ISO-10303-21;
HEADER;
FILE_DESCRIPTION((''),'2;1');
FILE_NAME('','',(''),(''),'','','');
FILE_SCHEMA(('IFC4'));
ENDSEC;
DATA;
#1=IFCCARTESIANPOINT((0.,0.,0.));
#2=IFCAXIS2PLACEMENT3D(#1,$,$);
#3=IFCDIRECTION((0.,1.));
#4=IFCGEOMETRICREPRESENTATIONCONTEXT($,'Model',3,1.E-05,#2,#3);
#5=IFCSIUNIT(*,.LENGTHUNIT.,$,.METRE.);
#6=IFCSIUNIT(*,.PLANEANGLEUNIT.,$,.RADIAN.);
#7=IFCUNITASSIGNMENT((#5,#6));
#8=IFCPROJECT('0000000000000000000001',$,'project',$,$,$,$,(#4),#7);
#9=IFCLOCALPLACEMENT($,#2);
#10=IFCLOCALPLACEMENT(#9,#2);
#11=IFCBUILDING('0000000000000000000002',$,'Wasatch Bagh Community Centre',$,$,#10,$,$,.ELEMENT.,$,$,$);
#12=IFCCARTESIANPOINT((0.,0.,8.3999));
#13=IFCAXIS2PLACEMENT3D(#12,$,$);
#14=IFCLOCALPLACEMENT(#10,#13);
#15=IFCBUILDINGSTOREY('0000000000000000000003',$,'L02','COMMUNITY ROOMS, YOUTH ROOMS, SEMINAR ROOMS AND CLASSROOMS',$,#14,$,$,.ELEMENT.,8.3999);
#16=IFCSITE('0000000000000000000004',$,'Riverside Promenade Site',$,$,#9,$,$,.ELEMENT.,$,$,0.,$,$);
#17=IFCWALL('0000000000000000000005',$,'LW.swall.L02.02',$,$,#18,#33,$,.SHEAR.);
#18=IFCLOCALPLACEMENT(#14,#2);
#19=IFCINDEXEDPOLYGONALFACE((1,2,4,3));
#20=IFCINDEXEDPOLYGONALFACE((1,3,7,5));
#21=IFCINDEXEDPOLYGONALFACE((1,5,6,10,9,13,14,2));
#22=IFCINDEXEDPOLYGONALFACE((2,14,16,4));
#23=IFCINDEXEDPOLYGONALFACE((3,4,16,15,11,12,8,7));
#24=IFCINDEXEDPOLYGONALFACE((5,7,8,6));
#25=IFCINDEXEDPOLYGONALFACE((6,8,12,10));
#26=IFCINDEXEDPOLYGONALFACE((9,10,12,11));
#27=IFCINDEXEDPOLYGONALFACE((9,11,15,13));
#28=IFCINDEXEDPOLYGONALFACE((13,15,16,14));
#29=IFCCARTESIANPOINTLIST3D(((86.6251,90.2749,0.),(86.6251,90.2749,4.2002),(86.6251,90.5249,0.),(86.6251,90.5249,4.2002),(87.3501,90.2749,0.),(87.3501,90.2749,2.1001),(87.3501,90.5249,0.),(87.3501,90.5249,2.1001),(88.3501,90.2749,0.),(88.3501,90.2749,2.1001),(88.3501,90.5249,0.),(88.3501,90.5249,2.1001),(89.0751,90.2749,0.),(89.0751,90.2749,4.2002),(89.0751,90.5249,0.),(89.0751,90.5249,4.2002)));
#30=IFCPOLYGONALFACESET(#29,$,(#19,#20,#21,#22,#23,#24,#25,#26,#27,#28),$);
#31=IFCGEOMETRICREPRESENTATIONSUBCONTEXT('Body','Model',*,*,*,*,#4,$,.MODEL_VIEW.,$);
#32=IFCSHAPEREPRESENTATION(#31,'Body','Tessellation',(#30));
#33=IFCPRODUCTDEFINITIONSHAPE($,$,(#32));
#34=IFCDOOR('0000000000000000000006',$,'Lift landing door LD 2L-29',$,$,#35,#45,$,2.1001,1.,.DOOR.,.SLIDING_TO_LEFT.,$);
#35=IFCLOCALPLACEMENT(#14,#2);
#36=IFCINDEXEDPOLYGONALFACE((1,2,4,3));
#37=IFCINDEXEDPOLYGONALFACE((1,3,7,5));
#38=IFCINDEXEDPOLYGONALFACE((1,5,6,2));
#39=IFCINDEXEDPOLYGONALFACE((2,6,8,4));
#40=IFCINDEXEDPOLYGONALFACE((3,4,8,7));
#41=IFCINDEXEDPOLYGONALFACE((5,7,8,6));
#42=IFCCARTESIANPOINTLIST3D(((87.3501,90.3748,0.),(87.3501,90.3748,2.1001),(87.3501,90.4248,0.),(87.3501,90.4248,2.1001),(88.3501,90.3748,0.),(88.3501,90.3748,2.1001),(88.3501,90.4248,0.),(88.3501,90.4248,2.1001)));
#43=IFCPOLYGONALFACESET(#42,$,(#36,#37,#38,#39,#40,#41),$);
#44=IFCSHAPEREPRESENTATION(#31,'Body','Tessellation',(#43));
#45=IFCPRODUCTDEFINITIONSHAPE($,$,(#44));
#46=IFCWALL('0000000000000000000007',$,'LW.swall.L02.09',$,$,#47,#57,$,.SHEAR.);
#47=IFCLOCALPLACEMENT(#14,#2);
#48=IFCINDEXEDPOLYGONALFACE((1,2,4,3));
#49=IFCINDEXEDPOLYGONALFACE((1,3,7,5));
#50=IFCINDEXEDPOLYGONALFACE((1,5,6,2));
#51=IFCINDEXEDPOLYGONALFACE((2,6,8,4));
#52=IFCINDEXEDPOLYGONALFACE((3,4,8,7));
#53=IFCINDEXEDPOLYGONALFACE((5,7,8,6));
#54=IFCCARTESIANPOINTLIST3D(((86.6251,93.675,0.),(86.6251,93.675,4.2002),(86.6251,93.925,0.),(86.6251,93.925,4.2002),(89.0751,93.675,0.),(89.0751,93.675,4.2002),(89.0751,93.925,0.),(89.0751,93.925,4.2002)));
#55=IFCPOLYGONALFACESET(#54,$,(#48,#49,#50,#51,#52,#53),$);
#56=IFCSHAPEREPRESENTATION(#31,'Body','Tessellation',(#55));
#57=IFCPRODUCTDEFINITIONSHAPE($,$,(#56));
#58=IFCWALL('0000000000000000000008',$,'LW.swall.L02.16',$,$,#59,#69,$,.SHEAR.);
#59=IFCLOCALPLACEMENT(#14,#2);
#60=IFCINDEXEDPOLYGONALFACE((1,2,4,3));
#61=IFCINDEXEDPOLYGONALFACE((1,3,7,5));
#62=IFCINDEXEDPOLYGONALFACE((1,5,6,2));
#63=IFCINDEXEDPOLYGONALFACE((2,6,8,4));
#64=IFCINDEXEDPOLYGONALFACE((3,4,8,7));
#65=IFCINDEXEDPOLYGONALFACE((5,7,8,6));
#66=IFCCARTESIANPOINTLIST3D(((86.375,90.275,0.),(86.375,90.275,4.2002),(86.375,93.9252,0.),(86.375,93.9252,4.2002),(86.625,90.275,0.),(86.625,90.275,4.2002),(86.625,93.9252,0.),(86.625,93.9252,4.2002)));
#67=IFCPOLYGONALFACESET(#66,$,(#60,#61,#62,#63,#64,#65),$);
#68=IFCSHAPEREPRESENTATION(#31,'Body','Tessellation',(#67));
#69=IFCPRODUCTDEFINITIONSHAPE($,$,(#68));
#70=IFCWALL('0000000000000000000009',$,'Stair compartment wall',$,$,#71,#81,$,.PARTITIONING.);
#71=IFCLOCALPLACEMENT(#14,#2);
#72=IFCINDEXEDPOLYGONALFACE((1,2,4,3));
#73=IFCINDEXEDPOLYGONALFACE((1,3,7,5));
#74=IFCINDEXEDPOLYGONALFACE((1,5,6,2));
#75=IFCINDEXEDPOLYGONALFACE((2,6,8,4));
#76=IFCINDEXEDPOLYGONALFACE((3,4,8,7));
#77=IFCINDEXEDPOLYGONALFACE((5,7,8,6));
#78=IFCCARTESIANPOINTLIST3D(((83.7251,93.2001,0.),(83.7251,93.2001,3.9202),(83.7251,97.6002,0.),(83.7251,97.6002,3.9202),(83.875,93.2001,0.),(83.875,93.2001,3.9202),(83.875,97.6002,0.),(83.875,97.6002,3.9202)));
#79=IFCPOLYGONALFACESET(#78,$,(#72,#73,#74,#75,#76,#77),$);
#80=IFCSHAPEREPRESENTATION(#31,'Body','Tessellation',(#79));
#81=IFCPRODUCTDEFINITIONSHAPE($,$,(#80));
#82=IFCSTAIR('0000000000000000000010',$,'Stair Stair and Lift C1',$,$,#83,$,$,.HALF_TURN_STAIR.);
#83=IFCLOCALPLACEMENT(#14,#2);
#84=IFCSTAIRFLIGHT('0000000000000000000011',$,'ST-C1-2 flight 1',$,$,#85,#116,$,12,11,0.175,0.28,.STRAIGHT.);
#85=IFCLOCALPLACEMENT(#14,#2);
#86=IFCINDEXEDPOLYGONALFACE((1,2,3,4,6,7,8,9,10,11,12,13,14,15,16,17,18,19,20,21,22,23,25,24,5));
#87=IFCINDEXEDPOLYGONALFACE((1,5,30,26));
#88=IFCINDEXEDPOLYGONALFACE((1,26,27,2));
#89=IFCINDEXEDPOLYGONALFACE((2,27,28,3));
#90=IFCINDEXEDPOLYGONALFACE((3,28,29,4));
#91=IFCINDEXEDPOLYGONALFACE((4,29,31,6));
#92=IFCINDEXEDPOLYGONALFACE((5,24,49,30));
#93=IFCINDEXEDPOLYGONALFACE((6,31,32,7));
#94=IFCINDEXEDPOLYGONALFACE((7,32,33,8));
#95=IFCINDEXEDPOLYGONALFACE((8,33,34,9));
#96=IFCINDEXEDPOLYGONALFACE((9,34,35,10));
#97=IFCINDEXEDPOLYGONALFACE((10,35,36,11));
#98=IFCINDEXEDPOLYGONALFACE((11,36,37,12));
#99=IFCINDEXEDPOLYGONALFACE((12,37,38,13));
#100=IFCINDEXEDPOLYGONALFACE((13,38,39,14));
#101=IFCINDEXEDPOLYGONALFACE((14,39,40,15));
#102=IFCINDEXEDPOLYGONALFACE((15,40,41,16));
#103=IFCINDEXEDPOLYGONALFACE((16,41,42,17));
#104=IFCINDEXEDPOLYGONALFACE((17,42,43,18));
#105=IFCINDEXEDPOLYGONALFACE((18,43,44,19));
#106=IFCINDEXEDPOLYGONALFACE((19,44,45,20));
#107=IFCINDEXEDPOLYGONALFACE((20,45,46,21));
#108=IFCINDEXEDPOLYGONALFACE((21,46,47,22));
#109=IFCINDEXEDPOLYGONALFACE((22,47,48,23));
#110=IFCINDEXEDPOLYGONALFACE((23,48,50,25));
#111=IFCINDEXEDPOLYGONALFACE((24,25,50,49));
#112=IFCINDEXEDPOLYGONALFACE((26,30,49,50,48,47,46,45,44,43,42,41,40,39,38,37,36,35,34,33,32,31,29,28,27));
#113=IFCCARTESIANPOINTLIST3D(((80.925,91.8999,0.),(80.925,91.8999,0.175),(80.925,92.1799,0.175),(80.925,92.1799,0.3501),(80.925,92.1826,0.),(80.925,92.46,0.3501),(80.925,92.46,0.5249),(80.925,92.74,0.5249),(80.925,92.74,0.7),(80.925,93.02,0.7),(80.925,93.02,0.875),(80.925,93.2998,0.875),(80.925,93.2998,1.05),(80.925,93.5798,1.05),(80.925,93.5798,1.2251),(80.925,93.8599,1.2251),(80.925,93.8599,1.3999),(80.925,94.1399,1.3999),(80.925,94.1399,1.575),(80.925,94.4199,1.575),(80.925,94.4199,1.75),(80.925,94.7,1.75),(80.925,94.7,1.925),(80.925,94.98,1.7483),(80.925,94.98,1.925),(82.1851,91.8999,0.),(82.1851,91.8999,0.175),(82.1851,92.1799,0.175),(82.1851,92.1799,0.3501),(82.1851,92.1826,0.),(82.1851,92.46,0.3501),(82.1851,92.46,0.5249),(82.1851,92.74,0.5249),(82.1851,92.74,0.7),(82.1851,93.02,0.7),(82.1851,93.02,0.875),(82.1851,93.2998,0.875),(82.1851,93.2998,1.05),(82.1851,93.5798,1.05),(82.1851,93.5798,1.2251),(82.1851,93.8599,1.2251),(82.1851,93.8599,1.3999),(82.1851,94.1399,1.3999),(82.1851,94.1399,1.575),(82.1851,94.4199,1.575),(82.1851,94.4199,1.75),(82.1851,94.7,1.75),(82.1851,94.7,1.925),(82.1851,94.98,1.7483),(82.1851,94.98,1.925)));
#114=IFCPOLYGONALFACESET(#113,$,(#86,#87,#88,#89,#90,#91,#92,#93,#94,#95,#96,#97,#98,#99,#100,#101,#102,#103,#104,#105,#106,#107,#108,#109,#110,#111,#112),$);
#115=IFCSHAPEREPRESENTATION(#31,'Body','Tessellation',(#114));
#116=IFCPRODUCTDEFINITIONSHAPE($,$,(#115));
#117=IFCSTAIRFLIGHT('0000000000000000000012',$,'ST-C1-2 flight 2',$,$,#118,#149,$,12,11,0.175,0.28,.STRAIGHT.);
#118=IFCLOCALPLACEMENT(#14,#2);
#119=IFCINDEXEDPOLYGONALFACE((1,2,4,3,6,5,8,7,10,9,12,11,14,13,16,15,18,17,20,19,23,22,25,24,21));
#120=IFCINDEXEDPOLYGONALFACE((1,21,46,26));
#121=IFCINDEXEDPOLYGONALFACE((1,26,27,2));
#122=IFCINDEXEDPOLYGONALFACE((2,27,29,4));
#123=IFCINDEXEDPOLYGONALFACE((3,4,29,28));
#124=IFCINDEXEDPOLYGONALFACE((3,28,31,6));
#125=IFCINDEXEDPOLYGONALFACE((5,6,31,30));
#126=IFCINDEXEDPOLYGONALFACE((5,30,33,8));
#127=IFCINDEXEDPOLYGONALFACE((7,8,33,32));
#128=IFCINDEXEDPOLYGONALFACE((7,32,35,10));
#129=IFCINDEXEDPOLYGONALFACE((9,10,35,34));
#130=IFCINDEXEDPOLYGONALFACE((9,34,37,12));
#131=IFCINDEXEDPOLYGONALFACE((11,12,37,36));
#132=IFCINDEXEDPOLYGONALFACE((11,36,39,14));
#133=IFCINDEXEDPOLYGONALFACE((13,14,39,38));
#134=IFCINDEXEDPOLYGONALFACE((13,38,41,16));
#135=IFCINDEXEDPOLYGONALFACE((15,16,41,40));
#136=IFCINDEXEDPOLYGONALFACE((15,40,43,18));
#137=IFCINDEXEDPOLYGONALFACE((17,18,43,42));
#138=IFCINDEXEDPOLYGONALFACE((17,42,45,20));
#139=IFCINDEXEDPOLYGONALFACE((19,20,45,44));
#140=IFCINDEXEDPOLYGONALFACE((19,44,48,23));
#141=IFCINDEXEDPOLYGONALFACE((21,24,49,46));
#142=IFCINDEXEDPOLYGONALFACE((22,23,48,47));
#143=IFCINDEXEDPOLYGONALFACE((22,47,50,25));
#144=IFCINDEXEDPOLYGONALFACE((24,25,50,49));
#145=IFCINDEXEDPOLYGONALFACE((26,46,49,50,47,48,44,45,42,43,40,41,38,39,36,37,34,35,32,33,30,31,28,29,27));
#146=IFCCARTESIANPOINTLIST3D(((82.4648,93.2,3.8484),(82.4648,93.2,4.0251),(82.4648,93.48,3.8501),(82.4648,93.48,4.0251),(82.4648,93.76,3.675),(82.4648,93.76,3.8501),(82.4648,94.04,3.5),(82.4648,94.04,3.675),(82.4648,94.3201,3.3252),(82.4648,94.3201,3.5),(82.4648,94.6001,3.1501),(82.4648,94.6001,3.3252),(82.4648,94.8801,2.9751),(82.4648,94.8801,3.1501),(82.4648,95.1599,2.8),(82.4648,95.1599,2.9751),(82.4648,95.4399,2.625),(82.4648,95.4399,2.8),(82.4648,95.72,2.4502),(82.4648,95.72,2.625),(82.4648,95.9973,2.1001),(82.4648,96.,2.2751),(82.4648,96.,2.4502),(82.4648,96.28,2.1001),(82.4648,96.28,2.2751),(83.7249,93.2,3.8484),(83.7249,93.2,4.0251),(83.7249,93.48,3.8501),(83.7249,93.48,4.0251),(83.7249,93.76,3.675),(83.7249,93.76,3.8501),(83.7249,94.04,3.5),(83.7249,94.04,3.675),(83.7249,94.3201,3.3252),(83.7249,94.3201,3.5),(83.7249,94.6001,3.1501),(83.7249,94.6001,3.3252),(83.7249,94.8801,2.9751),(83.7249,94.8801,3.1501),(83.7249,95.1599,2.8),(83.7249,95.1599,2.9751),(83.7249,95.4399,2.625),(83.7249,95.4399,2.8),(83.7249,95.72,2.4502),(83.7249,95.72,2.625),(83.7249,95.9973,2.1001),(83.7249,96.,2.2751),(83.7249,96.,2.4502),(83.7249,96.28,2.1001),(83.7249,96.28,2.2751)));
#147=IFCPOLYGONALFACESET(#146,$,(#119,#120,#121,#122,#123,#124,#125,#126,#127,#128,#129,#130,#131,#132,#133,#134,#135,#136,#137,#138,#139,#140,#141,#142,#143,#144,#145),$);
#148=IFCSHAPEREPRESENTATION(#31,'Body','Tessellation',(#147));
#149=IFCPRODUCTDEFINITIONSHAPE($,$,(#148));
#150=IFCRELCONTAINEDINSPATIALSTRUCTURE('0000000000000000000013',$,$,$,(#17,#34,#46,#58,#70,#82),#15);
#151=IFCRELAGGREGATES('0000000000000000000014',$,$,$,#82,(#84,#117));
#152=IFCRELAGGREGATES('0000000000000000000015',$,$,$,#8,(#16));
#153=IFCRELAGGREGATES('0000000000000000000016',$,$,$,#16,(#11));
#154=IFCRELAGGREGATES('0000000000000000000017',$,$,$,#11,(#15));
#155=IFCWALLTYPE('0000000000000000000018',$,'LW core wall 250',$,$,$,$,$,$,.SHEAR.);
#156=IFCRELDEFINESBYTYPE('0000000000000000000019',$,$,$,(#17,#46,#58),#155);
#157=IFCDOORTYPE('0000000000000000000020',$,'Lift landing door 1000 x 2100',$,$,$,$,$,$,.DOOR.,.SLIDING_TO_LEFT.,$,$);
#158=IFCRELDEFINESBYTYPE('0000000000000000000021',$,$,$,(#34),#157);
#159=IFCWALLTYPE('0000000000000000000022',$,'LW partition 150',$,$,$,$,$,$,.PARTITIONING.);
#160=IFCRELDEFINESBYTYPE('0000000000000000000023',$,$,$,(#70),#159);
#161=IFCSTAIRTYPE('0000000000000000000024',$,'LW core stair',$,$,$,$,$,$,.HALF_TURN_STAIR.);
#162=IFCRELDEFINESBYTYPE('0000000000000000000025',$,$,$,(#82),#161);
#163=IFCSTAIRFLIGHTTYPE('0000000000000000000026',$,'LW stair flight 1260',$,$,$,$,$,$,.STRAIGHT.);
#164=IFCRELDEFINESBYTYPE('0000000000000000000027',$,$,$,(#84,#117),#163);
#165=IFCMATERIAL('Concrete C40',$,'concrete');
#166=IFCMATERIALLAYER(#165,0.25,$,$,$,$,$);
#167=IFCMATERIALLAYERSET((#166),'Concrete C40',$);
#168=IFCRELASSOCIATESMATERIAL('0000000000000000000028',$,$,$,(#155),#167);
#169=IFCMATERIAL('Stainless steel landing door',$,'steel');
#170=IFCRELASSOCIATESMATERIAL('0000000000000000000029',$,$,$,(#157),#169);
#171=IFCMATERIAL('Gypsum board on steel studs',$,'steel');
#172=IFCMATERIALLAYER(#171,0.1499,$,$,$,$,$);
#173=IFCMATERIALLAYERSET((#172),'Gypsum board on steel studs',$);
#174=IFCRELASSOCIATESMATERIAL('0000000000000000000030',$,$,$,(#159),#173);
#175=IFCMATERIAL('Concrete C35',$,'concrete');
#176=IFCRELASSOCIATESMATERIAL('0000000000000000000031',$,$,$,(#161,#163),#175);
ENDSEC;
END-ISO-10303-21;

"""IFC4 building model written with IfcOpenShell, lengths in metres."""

from ifc_helpers import new_model, si_unit, direction, frame, frame_2d, origin, place, context, subcontext, project, spatial, polyline, rectangle, outline, extrude, material, layer, layer_set, type_object, element, fill, aggregate, save


model = new_model("IFC4")

# Units and contexts
model_context = context("Model", 3, precision=1e-05, world=origin(), true_north=direction((0.0, 1.0)))
body_context = subcontext(model_context, "Body", "Model", "MODEL_VIEW")
ifc_project = project(units=[si_unit("LENGTHUNIT", "METRE"), si_unit("PLANEANGLEUNIT", "RADIAN")], contexts=[model_context])

# Site, building, storey
site_placement = place(None, origin())
site = spatial("IfcSite", under=ifc_project, at=site_placement, Name="Riverside Promenade Site", CompositionType="ELEMENT", RefElevation=0.0)
building_placement = place(site_placement, origin())
building = spatial("IfcBuilding", under=site, at=building_placement, Name="Wasatch Bagh Community Centre", CompositionType="ELEMENT")
storey_placement = place(building_placement, frame((0.0, 0.0, 8.3999)))
storey = spatial("IfcBuildingStorey", under=building, at=storey_placement, Name="L02", Description="COMMUNITY ROOMS, YOUTH ROOMS, SEMINAR ROOMS AND CLASSROOMS", CompositionType="ELEMENT", Elevation=8.3999)

# Wall, opening, door
ifc_material_1 = material(Name="Concrete C40", Category="concrete")
ifc_layer_1 = layer(ifc_material_1, 0.25)
ifc_layer_set_1 = layer_set([ifc_layer_1], Name="Concrete C40")
wall_type_1 = type_object("IfcWallType", Name="LW core wall 250", PredefinedType="SHEAR", material=ifc_layer_set_1)
wall_1_placement = place(storey_placement, frame((86.625, 90.3999, 0.0), z_axis=(0.0, 0.0, 1.0), x_axis=(1.0, 0.0, 0.0)))
wall_1 = element("IfcWall", 1, at=wall_1_placement, inside=storey, type_object=wall_type_1, Name="LW.swall.L02.02", PredefinedType="SHEAR", context=body_context, shape_type="SweptSolid", body=[
    extrude(rectangle(XDim=2.45, YDim=0.25, at=frame_2d((1.2251, 0.0))), origin(), (0.0, 0.0, 1.0), 4.2002),
])
opening_placement = place(wall_1_placement, frame((0.7251, 0.0, 0.0)))
opening = element("IfcOpeningElement", 2, at=opening_placement, cuts=wall_1, PredefinedType="OPENING", context=body_context, shape_type="SweptSolid", body=[
    extrude(rectangle(XDim=1.0, YDim=2.1001, at=frame_2d((0.5, 1.05))), frame((0.0, 0.135, 0.0), z_axis=(0.0, -1.0, 0.0), x_axis=(1.0, 0.0, 0.0)), (0.0, 0.0, 1.0), 0.27),
])
ifc_material_2 = material(Name="Stainless steel landing door", Category="steel")
door_type = type_object("IfcDoorType", Name="Lift landing door 1000 x 2100", OperationType="SLIDING_TO_LEFT", PredefinedType="DOOR", material=ifc_material_2)
door_placement = place(opening_placement, origin())
door = element("IfcDoor", 3, at=door_placement, inside=storey, type_object=door_type, Name="Lift landing door LD 2L-29", OperationType="SLIDING_TO_LEFT", OverallHeight=2.1001, OverallWidth=1.0, PredefinedType="DOOR", context=body_context, shape_type="SweptSolid", body=[
    extrude(rectangle(XDim=1.0, YDim=2.1001, at=frame_2d((0.5, 1.05))), frame((0.0, 0.0249, 0.0), z_axis=(0.0, -1.0, 0.0), x_axis=(1.0, 0.0, 0.0)), (0.0, 0.0, 1.0), 0.05),
])
fill(opening, door)

# Walls
wall_2_placement = place(storey_placement, frame((86.625, 93.8, 0.0), z_axis=(0.0, 0.0, 1.0), x_axis=(1.0, 0.0, 0.0)))
element("IfcWall", 4, at=wall_2_placement, inside=storey, type_object=wall_type_1, Name="LW.swall.L02.09", PredefinedType="SHEAR", context=body_context, shape_type="SweptSolid", body=[
    extrude(rectangle(XDim=2.45, YDim=0.25, at=frame_2d((1.2251, 0.0))), origin(), (0.0, 0.0, 1.0), 4.2002),
])
wall_3_placement = place(storey_placement, frame((86.5, 90.2749, 0.0), z_axis=(0.0, 0.0, 1.0), x_axis=(0.0, 1.0, 0.0)))
element("IfcWall", 5, at=wall_3_placement, inside=storey, type_object=wall_type_1, Name="LW.swall.L02.16", PredefinedType="SHEAR", context=body_context, shape_type="SweptSolid", body=[
    extrude(rectangle(XDim=3.6501, YDim=0.25, at=frame_2d((1.8252, 0.0))), origin(), (0.0, 0.0, 1.0), 4.2002),
])
ifc_material_3 = material(Name="Gypsum board on steel studs", Category="steel")
ifc_layer_2 = layer(ifc_material_3, 0.1499)
ifc_layer_set_2 = layer_set([ifc_layer_2], Name="Gypsum board on steel studs")
wall_type_2 = type_object("IfcWallType", Name="LW partition 150", PredefinedType="PARTITIONING", material=ifc_layer_set_2)
wall_4_placement = place(storey_placement, frame((83.8, 93.2, 0.0), z_axis=(0.0, 0.0, 1.0), x_axis=(0.0, 1.0, 0.0)))
element("IfcWall", 6, at=wall_4_placement, inside=storey, type_object=wall_type_2, Name="Stair compartment wall", PredefinedType="PARTITIONING", context=body_context, shape_type="SweptSolid", body=[
    extrude(rectangle(XDim=4.4001, YDim=0.1499, at=frame_2d((2.2002, 0.0))), origin(), (0.0, 0.0, 1.0), 3.9202),
])

# Stair, stair flights
ifc_material_4 = material(Name="Concrete C35", Category="concrete")
stair_type = type_object("IfcStairType", Name="LW core stair", PredefinedType="HALF_TURN_STAIR", material=ifc_material_4)
stair_placement = place(storey_placement, origin())
stair = element("IfcStair", 7, at=stair_placement, inside=storey, type_object=stair_type, Name="Stair Stair and Lift C1", PredefinedType="HALF_TURN_STAIR")
stair_flight_type = type_object("IfcStairFlightType", Name="LW stair flight 1260", PredefinedType="STRAIGHT", material=ifc_material_4)
stair_flight_1_placement = place(storey_placement, frame((81.5549, 91.8999, 0.0), z_axis=(0.0, 0.0, 1.0), x_axis=(0.0, 1.0, 0.0)))
stair_flight_1 = element("IfcStairFlight", 8, at=stair_flight_1_placement, type_object=stair_flight_type, Name="ST-C1-2 flight 1", NumberOfRisers=12, NumberOfTreads=11, PredefinedType="STRAIGHT", RiserHeight=0.175, TreadLength=0.28, context=body_context, shape_type="SweptSolid", body=[
    extrude(outline(polyline([(0.0, 0.0), (0.0, 0.175), (0.28, 0.175), (0.28, 0.3501), (0.5601, 0.3501), (0.5601, 0.5249), (0.8401, 0.5249), (0.8401, 0.7), (1.1201, 0.7), (1.1201, 0.875), (1.3999, 0.875), (1.3999, 1.05), (1.6799, 1.05), (1.6799, 1.2251), (1.96, 1.2251), (1.96, 1.3999), (2.24, 1.3999), (2.24, 1.575), (2.52, 1.575), (2.52, 1.75), (2.8, 1.75), (2.8, 1.925), (3.0801, 1.925), (3.0801, 2.1001), (3.0801, 1.7483), (0.2827, 0.0), (0.0, 0.0)])), frame((0.0, 0.6299, 0.0), z_axis=(0.0, -1.0, 0.0), x_axis=(1.0, 0.0, 0.0)), (0.0, 0.0, 1.0), 1.26),
])
stair_flight_2_placement = place(storey_placement, frame((83.095, 96.28, 2.1001), z_axis=(0.0, 0.0, 1.0), x_axis=(0.0, -1.0, 0.0)))
stair_flight_2 = element("IfcStairFlight", 9, at=stair_flight_2_placement, type_object=stair_flight_type, Name="ST-C1-2 flight 2", NumberOfRisers=12, NumberOfTreads=11, PredefinedType="STRAIGHT", RiserHeight=0.175, TreadLength=0.28, context=body_context, shape_type="SweptSolid", body=[
    extrude(outline(polyline([(0.0, 0.0), (0.0, 0.175), (0.28, 0.175), (0.28, 0.3501), (0.5601, 0.3501), (0.5601, 0.5249), (0.8401, 0.5249), (0.8401, 0.7), (1.1201, 0.7), (1.1201, 0.875), (1.3999, 0.875), (1.3999, 1.05), (1.6799, 1.05), (1.6799, 1.2251), (1.96, 1.2251), (1.96, 1.3999), (2.24, 1.3999), (2.24, 1.575), (2.52, 1.575), (2.52, 1.75), (2.8, 1.75), (2.8, 1.925), (3.0801, 1.925), (3.0801, 2.1001), (3.0801, 1.7483), (0.2827, 0.0), (0.0, 0.0)])), frame((0.0, 0.6299, 0.0), z_axis=(0.0, -1.0, 0.0), x_axis=(1.0, 0.0, 0.0)), (0.0, 0.0, 1.0), 1.26),
])
aggregate(stair, [stair_flight_1, stair_flight_2])

save(model, "model.ifc")
